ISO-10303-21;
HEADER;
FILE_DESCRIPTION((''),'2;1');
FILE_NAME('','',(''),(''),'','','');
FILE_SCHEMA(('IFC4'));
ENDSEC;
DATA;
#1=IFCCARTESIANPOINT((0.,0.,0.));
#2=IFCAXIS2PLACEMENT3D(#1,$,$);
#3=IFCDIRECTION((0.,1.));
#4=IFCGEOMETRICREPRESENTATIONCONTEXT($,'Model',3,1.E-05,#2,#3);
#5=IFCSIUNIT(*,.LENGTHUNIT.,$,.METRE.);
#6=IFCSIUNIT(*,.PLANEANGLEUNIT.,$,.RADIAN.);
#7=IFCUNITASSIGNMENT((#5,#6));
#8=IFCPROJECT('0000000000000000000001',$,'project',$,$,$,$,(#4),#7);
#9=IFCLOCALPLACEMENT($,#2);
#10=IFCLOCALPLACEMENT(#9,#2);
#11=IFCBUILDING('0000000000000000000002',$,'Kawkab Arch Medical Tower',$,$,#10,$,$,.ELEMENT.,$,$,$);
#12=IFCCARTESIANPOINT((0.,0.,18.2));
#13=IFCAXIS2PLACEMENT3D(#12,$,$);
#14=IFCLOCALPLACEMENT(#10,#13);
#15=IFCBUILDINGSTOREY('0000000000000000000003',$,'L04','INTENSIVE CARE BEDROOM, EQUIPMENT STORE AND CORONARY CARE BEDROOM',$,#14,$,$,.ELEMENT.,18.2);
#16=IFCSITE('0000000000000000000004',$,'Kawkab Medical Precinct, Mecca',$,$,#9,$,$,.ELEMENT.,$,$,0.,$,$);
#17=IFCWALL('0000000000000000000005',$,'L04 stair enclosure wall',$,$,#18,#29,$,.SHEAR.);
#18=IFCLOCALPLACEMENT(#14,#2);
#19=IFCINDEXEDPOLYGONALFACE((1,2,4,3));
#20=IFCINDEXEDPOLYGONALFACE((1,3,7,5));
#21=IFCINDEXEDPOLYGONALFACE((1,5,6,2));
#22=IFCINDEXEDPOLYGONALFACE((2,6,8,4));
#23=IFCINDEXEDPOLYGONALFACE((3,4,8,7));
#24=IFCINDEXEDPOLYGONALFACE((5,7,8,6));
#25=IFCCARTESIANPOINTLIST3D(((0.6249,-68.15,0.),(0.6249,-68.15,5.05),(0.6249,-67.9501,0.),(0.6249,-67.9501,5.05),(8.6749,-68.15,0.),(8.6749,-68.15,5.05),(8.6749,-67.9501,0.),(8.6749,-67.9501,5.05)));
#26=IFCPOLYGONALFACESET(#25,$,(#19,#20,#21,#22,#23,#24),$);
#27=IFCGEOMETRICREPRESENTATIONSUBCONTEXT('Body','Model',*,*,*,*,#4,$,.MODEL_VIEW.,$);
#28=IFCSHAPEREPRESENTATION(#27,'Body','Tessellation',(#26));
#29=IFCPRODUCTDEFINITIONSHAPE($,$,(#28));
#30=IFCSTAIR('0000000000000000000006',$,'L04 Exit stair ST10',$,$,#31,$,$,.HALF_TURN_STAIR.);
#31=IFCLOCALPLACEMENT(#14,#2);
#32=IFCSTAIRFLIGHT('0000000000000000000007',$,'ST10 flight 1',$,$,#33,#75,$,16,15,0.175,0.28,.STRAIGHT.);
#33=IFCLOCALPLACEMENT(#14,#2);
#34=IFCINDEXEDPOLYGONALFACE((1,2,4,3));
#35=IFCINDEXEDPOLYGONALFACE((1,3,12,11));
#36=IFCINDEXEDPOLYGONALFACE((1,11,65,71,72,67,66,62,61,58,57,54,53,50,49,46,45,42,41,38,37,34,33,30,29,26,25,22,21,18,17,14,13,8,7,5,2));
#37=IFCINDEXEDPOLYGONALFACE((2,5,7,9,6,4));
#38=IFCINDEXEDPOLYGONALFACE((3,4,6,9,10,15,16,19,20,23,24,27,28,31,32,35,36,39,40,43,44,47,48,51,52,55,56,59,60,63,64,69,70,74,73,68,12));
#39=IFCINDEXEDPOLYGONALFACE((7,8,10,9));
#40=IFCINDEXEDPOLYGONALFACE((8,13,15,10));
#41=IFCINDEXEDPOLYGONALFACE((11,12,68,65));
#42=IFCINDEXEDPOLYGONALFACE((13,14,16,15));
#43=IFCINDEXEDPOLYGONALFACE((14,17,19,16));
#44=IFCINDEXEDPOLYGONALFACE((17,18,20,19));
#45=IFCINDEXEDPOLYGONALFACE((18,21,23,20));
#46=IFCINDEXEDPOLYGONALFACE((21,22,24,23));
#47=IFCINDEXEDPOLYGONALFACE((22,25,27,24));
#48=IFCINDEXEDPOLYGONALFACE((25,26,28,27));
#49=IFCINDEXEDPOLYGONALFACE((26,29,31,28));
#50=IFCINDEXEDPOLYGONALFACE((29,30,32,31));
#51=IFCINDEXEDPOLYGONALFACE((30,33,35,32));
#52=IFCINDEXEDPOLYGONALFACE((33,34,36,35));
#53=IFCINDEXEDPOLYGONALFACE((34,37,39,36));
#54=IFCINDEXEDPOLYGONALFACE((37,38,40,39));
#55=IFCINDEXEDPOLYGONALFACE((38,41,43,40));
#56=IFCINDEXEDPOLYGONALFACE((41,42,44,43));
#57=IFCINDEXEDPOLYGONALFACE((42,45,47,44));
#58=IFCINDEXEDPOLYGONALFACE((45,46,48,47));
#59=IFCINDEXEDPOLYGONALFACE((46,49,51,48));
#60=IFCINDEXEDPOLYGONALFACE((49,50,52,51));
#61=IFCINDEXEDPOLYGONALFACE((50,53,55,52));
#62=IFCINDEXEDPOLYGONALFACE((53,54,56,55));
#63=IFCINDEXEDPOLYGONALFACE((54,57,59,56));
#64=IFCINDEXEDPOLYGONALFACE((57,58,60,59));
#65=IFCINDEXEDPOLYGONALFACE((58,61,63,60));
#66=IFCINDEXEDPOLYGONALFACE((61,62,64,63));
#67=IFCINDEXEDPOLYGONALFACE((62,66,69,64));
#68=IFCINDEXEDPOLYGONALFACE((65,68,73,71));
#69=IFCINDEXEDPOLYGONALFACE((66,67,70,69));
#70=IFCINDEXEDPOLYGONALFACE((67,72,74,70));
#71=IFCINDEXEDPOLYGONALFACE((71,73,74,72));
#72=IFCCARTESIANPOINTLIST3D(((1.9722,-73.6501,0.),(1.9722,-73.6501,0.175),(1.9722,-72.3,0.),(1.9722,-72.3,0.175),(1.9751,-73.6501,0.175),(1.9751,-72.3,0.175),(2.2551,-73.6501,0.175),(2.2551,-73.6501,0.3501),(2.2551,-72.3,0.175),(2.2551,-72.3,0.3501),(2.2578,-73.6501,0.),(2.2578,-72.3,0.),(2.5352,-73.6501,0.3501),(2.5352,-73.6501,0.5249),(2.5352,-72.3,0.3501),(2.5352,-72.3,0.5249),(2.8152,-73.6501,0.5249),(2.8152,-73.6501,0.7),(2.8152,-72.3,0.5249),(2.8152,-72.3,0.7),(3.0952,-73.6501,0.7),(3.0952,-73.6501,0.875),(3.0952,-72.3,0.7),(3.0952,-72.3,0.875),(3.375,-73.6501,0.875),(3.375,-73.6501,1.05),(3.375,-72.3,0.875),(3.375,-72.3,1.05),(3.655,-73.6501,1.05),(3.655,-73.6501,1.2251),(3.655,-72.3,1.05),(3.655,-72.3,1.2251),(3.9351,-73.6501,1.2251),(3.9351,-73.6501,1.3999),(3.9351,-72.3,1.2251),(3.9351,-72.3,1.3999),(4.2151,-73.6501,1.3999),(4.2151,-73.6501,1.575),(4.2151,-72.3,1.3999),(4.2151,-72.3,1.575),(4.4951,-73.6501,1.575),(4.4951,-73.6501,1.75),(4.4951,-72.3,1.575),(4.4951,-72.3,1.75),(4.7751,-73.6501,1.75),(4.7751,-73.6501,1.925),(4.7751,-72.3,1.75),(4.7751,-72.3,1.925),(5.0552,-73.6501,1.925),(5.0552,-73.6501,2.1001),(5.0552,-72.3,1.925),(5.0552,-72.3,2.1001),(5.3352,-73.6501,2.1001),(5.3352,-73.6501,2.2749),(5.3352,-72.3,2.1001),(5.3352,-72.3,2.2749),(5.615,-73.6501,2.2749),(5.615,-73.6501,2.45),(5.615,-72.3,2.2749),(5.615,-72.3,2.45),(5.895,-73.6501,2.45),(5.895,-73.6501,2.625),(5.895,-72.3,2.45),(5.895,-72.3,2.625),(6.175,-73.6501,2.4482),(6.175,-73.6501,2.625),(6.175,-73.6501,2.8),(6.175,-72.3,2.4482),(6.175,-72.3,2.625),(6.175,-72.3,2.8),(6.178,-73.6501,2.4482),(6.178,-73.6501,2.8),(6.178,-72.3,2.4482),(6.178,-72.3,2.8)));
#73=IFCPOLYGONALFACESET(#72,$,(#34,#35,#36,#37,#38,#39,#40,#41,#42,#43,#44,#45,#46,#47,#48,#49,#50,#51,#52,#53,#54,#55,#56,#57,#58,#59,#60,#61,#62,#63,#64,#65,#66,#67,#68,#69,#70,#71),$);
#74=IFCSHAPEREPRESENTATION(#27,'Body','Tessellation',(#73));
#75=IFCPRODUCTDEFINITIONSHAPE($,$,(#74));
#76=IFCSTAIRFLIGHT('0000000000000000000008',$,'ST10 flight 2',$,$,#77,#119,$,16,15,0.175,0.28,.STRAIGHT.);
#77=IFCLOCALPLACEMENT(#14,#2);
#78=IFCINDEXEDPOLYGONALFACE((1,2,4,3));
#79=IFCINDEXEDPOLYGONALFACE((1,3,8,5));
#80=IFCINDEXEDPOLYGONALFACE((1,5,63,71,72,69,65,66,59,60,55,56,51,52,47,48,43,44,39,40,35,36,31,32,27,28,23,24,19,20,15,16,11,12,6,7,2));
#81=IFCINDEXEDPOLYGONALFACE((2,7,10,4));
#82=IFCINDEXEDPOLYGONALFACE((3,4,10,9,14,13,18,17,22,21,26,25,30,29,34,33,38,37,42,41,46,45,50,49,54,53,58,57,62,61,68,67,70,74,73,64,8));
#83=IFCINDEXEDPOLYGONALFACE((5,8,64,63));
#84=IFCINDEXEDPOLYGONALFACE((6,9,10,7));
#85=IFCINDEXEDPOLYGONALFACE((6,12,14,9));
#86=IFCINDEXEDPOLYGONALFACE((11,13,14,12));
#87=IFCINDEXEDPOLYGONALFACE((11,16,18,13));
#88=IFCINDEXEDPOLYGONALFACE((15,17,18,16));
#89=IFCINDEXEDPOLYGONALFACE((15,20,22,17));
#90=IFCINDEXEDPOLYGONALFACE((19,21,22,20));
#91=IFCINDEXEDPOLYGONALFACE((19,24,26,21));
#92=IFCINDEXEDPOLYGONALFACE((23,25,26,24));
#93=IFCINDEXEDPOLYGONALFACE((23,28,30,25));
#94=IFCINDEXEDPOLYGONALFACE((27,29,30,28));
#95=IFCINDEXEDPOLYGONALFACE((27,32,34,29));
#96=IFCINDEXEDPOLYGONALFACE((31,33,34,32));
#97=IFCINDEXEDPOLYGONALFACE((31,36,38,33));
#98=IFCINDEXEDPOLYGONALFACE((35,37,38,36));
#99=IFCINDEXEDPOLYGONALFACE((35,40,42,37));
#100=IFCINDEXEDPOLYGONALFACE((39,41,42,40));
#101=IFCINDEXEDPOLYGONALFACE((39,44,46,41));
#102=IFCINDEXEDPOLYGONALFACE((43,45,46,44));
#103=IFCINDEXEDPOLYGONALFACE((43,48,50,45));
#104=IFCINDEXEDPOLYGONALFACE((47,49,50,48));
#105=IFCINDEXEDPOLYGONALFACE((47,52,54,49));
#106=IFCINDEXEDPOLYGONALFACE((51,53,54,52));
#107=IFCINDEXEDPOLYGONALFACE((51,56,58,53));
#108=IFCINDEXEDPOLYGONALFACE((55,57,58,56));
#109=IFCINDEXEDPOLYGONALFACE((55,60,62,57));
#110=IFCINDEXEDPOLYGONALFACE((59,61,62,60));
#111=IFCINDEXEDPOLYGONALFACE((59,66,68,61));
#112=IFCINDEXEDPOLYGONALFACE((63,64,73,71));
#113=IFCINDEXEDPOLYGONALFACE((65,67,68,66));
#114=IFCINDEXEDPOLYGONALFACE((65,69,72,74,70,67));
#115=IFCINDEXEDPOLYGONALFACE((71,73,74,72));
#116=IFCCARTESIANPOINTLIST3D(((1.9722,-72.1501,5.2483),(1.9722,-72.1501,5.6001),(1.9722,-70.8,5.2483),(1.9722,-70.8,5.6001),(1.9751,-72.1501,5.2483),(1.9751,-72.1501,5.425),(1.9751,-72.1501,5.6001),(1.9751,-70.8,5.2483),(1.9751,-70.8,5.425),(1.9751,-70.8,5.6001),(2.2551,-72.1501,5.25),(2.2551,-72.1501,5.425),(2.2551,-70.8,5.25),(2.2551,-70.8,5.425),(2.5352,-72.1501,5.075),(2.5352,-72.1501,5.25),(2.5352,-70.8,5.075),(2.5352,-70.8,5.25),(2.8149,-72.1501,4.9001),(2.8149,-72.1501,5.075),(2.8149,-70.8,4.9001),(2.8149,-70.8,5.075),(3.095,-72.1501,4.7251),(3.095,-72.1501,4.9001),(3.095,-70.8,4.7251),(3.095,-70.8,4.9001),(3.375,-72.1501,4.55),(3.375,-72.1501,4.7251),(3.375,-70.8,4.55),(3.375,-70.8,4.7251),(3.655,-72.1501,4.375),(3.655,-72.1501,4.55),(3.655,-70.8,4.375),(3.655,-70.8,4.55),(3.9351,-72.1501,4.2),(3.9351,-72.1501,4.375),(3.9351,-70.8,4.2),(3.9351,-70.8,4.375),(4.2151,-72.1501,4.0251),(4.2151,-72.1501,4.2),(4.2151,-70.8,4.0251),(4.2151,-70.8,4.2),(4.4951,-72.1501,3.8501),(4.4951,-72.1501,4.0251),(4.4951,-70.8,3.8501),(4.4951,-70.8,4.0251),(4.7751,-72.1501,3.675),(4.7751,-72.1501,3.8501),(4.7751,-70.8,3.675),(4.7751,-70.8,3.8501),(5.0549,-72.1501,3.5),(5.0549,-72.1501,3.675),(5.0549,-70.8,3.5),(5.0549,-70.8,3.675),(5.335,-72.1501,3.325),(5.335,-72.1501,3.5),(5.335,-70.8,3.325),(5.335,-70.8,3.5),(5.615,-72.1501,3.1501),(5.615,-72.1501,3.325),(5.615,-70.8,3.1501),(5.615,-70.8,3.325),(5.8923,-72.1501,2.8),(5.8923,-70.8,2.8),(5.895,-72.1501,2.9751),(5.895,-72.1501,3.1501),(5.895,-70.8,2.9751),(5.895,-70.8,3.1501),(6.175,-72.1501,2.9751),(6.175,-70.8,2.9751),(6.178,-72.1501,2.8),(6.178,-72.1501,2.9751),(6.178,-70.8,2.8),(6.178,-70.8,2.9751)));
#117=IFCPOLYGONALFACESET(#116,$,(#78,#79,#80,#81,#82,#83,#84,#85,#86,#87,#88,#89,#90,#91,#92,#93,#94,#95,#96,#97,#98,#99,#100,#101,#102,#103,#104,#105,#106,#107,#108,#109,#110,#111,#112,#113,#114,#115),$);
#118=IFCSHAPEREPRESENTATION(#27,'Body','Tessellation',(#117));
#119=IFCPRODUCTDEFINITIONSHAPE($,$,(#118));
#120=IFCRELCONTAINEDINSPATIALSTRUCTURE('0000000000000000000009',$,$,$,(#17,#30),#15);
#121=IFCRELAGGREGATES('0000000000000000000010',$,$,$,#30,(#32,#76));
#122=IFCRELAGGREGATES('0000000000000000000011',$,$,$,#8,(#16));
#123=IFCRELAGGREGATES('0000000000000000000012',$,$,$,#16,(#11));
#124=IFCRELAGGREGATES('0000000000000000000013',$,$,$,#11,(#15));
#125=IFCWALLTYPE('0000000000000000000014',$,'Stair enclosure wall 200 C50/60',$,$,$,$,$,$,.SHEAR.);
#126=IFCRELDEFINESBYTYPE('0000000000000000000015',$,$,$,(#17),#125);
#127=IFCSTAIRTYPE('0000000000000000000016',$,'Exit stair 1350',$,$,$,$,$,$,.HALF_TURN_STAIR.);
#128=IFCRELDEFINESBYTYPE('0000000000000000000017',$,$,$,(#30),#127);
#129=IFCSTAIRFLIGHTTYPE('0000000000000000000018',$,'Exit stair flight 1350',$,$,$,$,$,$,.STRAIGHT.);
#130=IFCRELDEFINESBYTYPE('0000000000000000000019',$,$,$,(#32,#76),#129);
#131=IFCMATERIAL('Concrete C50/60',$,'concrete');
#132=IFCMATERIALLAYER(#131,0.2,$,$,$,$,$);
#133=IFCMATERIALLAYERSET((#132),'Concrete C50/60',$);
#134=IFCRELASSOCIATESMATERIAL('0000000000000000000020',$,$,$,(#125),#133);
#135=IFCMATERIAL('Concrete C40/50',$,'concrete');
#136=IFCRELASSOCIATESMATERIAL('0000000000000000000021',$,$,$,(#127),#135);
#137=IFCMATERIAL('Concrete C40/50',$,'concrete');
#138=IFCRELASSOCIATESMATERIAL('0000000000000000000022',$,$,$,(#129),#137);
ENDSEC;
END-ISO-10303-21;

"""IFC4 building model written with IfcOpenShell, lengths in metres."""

from ifc_helpers import new_model, si_unit, direction, frame, frame_2d, origin, place, context, subcontext, project, spatial, polyline, rectangle, outline, extrude, material, layer, layer_set, type_object, element, aggregate, save


model = new_model("IFC4")

# Units and contexts
model_context = context("Model", 3, precision=1e-05, world=origin(), true_north=direction((0.0, 1.0)))
body_context = subcontext(model_context, "Body", "Model", "MODEL_VIEW")
ifc_project = project(units=[si_unit("LENGTHUNIT", "METRE"), si_unit("PLANEANGLEUNIT", "RADIAN")], contexts=[model_context])

# Site, building, storey
site_placement = place(None, origin())
site = spatial("IfcSite", under=ifc_project, at=site_placement, Name="Kawkab Medical Precinct, Mecca", CompositionType="ELEMENT", RefElevation=0.0)
building_placement = place(site_placement, origin())
building = spatial("IfcBuilding", under=site, at=building_placement, Name="Kawkab Arch Medical Tower", CompositionType="ELEMENT")
storey_placement = place(building_placement, frame((0.0, 0.0, 18.2)))
storey = spatial("IfcBuildingStorey", under=building, at=storey_placement, Name="L04", Description="INTENSIVE CARE BEDROOM, EQUIPMENT STORE AND CORONARY CARE BEDROOM", CompositionType="ELEMENT", Elevation=18.2)

# Shared definitions
ifc_material_1 = material(Name="Concrete C50/60", Category="concrete")
ifc_layer_1 = layer(ifc_material_1, 0.2)
ifc_layer_set_1 = layer_set([ifc_layer_1], Name="Concrete C50/60")
wall_type_1 = type_object("IfcWallType", Name="Stair enclosure wall 200 C50/60", PredefinedType="SHEAR", material=ifc_layer_set_1)

# Wall
wall_1_placement = place(storey_placement, frame((0.625, -68.05, 0.0), z_axis=(0.0, 0.0, 1.0), x_axis=(1.0, 0.0, 0.0)))
element("IfcWall", 1, at=wall_1_placement, inside=storey, type_object=wall_type_1, Name="L04 stair enclosure wall", PredefinedType="SHEAR", context=body_context, shape_type="SweptSolid", body=[
    extrude(rectangle(XDim=8.05, YDim=0.2, at=frame_2d((4.0249, 0.0))), origin(), (0.0, 0.0, 1.0), 5.05),
])

# Stair, stair flights
ifc_material_2 = material(Name="Concrete C40/50", Category="concrete")
stair_type = type_object("IfcStairType", Name="Exit stair 1350", PredefinedType="HALF_TURN_STAIR", material=ifc_material_2)
stair_placement = place(storey_placement, origin())
stair = element("IfcStair", 2, at=stair_placement, inside=storey, type_object=stair_type, Name="L04 Exit stair ST10", PredefinedType="HALF_TURN_STAIR")
ifc_material_3 = material(Name="Concrete C40/50", Category="concrete")
stair_flight_type = type_object("IfcStairFlightType", Name="Exit stair flight 1350", PredefinedType="STRAIGHT", material=ifc_material_3)
stair_flight_1_placement = place(storey_placement, frame((1.9751, -72.9751, 0.0), z_axis=(0.0, 0.0, 1.0), x_axis=(1.0, 0.0, 0.0)))
stair_flight_1 = element("IfcStairFlight", 3, at=stair_flight_1_placement, type_object=stair_flight_type, Name="ST10 flight 1", NumberOfRisers=16, NumberOfTreads=15, PredefinedType="STRAIGHT", RiserHeight=0.175, TreadLength=0.28, context=body_context, shape_type="SweptSolid", body=[
    extrude(outline(polyline([(-0.0029, 0.0), (-0.0029, 0.175), (0.0, 0.175), (0.28, 0.175), (0.28, 0.3501), (0.5601, 0.3501), (0.5601, 0.5249), (0.8401, 0.5249), (0.8401, 0.7), (1.1201, 0.7), (1.1201, 0.875), (1.3999, 0.875), (1.3999, 1.05), (1.6799, 1.05), (1.6799, 1.2251), (1.96, 1.2251), (1.96, 1.3999), (2.24, 1.3999), (2.24, 1.575), (2.52, 1.575), (2.52, 1.75), (2.8, 1.75), (2.8, 1.925), (3.0801, 1.925), (3.0801, 2.1001), (3.3601, 2.1001), (3.3601, 2.2749), (3.6399, 2.2749), (3.6399, 2.45), (3.9199, 2.45), (3.9199, 2.625), (4.2, 2.625), (4.2, 2.8), (4.2029, 2.8), (4.2029, 2.4482), (4.2, 2.4482), (0.2827, 0.0), (-0.0029, 0.0)])), frame((0.0, 0.675, 0.0), z_axis=(0.0, -1.0, 0.0), x_axis=(1.0, 0.0, 0.0)), (0.0, 0.0, 1.0), 1.3501),
])
stair_flight_2_placement = place(storey_placement, frame((6.175, -71.4751, 2.8), z_axis=(0.0, 0.0, 1.0), x_axis=(-1.0, 0.0, 0.0)))
stair_flight_2 = element("IfcStairFlight", 4, at=stair_flight_2_placement, type_object=stair_flight_type, Name="ST10 flight 2", NumberOfRisers=16, NumberOfTreads=15, PredefinedType="STRAIGHT", RiserHeight=0.175, TreadLength=0.28, context=body_context, shape_type="SweptSolid", body=[
    extrude(outline(polyline([(-0.0029, 0.0), (-0.0029, 0.175), (0.0, 0.175), (0.28, 0.175), (0.28, 0.3501), (0.5601, 0.3501), (0.5601, 0.5249), (0.8401, 0.5249), (0.8401, 0.7), (1.1201, 0.7), (1.1201, 0.875), (1.3999, 0.875), (1.3999, 1.05), (1.6799, 1.05), (1.6799, 1.2251), (1.96, 1.2251), (1.96, 1.3999), (2.24, 1.3999), (2.24, 1.575), (2.52, 1.575), (2.52, 1.75), (2.8, 1.75), (2.8, 1.925), (3.0801, 1.925), (3.0801, 2.1001), (3.3601, 2.1001), (3.3601, 2.2749), (3.6399, 2.2749), (3.6399, 2.45), (3.9199, 2.45), (3.9199, 2.625), (4.2, 2.625), (4.2, 2.8), (4.2029, 2.8), (4.2029, 2.4482), (4.2, 2.4482), (0.2827, 0.0), (-0.0029, 0.0)])), frame((0.0, 0.675, 0.0), z_axis=(0.0, -1.0, 0.0), x_axis=(1.0, 0.0, 0.0)), (0.0, 0.0, 1.0), 1.3501),
])
aggregate(stair, [stair_flight_1, stair_flight_2])

save(model, "model.ifc")
